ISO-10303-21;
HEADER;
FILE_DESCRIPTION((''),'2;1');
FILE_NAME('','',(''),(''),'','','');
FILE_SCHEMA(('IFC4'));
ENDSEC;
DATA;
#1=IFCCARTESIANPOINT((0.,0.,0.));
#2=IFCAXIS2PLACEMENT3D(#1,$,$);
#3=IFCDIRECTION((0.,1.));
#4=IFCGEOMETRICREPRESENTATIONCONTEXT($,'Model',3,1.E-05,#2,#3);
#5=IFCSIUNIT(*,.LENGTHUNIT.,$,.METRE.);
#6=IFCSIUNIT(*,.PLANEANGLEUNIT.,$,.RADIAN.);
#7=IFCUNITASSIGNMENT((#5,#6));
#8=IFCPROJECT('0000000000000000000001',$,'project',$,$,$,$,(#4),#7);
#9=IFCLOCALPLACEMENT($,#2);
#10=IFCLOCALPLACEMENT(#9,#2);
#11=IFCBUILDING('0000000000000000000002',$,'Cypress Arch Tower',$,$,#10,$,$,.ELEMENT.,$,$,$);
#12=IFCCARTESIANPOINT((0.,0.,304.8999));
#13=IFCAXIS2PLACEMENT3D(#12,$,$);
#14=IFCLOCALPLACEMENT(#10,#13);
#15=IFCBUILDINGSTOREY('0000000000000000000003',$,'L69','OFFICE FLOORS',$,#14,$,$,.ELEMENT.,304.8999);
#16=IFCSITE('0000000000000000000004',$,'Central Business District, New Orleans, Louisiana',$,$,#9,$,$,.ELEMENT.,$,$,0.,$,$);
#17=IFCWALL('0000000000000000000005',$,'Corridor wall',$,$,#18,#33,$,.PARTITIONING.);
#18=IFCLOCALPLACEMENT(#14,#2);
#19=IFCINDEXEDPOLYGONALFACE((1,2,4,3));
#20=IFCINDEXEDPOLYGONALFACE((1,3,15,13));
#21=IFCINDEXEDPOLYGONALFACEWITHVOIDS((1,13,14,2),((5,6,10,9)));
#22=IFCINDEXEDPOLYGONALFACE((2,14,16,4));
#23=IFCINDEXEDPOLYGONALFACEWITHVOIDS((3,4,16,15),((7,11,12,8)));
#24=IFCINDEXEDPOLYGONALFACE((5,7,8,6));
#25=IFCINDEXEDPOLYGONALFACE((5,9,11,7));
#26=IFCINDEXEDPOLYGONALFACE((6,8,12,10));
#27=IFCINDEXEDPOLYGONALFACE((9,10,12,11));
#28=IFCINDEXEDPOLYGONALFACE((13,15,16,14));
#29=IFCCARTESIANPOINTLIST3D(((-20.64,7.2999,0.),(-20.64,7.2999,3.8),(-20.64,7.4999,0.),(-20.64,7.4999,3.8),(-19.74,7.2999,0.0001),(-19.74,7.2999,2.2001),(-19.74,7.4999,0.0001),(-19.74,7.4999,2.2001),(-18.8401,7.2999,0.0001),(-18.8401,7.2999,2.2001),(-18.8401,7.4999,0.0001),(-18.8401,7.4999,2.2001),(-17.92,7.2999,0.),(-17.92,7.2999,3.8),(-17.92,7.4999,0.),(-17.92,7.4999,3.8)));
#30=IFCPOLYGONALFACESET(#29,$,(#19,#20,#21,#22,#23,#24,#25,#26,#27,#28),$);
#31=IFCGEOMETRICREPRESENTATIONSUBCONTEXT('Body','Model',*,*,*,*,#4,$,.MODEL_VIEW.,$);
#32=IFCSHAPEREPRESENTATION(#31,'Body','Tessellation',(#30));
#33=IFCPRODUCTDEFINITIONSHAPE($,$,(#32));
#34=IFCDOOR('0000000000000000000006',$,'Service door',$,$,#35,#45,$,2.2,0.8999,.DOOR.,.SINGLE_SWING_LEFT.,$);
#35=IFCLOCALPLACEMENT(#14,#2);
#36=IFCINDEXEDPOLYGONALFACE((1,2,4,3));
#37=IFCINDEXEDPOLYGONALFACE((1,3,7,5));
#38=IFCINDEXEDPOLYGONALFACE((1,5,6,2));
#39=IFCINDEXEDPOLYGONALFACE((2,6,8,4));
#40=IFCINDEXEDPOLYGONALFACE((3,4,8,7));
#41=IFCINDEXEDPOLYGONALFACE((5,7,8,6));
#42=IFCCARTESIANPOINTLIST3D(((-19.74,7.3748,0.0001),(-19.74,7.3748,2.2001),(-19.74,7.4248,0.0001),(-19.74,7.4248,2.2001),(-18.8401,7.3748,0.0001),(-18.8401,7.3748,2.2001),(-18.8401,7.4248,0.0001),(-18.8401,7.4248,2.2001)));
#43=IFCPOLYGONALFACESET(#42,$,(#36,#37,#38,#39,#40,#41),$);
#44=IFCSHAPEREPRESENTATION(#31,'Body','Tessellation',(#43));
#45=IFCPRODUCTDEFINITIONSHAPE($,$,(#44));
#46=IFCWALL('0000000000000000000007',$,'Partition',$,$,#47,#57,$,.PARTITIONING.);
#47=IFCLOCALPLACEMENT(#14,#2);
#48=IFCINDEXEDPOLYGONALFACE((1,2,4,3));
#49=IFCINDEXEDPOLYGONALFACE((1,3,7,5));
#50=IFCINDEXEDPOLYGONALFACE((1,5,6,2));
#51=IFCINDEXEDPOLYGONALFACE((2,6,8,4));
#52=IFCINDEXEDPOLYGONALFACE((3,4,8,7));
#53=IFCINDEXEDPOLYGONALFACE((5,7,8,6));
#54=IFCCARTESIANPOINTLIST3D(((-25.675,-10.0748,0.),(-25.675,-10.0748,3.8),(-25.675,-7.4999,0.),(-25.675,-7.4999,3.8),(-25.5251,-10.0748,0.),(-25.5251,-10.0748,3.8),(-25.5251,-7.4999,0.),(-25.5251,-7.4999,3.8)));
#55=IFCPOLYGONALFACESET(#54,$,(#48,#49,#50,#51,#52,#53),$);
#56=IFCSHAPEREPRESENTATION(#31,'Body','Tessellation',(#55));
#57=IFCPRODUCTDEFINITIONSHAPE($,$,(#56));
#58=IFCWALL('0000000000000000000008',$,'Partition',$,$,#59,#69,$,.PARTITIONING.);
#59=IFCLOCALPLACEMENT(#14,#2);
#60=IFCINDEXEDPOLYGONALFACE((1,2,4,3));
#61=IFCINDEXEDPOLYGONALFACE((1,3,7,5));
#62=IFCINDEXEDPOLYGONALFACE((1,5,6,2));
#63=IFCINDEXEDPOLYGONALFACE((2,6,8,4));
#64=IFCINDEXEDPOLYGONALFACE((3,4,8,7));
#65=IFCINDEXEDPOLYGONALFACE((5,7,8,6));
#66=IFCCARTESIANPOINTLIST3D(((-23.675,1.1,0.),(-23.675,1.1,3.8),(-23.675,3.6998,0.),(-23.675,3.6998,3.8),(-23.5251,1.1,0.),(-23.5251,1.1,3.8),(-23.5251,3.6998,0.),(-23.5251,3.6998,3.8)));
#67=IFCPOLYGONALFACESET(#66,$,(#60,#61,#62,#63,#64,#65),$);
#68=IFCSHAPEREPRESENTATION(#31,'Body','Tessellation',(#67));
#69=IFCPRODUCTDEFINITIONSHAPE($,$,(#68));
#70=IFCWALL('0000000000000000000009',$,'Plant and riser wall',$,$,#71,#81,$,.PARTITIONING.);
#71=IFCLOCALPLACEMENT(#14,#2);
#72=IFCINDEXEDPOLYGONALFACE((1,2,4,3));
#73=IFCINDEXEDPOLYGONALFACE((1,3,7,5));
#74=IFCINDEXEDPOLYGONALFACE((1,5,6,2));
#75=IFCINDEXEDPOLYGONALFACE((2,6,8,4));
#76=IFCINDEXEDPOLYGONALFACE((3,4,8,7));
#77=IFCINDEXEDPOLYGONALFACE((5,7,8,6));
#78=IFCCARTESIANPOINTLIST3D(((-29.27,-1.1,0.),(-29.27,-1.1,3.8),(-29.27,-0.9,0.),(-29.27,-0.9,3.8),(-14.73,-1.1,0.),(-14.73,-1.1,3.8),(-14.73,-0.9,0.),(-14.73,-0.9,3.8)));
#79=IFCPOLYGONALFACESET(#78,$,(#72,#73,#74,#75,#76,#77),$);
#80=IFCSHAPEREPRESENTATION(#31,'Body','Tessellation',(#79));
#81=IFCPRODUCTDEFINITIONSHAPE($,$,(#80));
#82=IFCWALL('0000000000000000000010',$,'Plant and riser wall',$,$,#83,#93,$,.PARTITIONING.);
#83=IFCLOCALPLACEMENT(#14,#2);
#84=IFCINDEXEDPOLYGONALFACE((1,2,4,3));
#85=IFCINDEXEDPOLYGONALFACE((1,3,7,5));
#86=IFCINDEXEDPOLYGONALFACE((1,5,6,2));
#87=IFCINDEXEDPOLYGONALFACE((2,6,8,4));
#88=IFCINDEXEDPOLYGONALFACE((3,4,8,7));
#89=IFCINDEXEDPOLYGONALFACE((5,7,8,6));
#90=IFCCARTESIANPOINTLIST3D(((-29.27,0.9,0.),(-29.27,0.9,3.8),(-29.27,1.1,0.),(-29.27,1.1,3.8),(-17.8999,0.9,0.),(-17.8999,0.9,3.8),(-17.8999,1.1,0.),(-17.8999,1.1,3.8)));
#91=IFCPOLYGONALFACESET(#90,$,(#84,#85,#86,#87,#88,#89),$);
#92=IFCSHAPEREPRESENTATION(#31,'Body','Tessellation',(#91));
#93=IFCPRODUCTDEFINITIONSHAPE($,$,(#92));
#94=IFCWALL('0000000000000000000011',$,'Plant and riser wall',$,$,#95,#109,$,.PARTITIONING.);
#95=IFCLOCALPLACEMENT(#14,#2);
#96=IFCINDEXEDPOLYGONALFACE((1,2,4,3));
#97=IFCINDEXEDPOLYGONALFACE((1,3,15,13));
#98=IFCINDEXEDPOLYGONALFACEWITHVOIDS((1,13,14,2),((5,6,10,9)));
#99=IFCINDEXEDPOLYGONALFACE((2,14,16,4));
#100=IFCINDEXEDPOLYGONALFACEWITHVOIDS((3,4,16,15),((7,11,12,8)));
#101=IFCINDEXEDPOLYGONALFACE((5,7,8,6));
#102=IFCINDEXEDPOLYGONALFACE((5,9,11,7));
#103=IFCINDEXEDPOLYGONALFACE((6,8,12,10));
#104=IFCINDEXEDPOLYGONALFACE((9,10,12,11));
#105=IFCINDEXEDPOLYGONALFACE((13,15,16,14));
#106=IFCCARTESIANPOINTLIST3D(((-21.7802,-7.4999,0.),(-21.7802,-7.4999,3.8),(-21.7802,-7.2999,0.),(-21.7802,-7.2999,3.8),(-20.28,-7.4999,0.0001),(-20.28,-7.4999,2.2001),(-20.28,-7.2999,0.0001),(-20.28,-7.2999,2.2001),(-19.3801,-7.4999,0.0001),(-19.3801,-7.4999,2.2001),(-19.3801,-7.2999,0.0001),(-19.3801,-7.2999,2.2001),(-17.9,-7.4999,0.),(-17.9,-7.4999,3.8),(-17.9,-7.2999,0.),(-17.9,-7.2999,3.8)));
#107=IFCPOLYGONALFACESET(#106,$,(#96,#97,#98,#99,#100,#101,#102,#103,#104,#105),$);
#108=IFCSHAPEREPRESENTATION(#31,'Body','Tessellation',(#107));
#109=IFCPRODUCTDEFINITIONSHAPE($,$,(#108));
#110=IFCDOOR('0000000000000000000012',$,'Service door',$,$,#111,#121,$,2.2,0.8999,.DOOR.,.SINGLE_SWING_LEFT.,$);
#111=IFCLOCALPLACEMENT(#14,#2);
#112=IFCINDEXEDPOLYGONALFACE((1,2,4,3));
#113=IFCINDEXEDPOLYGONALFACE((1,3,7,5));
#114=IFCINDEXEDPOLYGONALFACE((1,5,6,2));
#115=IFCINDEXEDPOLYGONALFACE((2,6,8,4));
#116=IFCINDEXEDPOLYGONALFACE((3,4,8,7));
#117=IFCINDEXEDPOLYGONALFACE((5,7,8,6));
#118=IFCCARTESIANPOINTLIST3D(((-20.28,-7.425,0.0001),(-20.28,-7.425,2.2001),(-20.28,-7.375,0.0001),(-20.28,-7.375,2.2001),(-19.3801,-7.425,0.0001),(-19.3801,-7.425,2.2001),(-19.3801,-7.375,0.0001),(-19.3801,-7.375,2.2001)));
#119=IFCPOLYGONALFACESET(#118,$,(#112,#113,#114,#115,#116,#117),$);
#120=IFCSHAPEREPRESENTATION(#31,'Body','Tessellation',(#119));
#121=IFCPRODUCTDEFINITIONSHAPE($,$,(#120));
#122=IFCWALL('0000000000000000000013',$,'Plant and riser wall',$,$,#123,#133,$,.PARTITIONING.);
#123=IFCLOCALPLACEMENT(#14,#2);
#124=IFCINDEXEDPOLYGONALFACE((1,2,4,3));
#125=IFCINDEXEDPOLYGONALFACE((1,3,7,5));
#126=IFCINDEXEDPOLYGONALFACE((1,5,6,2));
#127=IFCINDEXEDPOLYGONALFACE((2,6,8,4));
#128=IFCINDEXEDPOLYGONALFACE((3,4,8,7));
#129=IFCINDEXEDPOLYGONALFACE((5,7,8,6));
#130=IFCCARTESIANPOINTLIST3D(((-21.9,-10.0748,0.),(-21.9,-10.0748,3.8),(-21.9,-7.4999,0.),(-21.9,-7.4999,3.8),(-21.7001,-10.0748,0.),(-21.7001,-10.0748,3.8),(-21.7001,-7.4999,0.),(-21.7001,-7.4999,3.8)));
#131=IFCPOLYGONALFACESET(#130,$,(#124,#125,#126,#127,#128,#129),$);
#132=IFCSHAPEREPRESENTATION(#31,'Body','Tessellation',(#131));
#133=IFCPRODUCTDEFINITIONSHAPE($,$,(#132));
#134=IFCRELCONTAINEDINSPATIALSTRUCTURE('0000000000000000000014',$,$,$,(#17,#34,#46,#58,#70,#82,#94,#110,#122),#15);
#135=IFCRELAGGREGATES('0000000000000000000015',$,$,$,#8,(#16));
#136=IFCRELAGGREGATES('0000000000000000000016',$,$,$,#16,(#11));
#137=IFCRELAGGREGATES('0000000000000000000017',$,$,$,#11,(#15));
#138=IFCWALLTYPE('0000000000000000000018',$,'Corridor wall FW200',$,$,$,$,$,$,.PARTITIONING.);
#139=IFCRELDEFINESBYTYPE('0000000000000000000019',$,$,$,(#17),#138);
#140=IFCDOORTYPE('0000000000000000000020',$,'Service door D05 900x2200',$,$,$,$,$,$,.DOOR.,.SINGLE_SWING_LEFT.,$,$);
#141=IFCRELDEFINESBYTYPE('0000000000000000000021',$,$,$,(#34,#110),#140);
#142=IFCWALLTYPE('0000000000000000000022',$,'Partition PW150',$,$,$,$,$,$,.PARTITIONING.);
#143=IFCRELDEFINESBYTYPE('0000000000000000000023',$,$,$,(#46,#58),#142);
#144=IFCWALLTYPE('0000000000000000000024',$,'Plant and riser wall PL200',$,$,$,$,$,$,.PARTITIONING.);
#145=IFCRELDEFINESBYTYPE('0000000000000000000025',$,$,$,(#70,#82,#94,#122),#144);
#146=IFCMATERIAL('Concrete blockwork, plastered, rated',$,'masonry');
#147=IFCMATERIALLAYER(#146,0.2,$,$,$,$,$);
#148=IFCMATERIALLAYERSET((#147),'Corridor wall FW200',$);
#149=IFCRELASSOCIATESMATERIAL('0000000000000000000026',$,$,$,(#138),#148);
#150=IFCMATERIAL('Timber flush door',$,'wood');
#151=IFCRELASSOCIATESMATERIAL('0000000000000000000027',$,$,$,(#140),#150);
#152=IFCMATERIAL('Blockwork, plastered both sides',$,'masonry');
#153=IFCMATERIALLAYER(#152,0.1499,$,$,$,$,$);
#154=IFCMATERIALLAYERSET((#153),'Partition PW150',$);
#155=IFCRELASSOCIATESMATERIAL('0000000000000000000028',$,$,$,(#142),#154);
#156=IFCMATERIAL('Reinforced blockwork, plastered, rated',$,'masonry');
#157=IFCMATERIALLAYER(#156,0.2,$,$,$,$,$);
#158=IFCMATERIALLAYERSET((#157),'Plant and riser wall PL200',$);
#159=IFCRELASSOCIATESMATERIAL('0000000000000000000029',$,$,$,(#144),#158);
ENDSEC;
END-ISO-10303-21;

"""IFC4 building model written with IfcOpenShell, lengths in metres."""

from ifc_helpers import new_model, si_unit, direction, frame, frame_2d, origin, place, context, subcontext, project, spatial, rectangle, extrude, material, layer, layer_set, type_object, element, fill, save


model = new_model("IFC4")

# Units and contexts
model_context = context("Model", 3, precision=1e-05, world=origin(), true_north=direction((0.0, 1.0)))
body_context = subcontext(model_context, "Body", "Model", "MODEL_VIEW")
ifc_project = project(units=[si_unit("LENGTHUNIT", "METRE"), si_unit("PLANEANGLEUNIT", "RADIAN")], contexts=[model_context])

# Site, building, storey
site_placement = place(None, origin())
site = spatial("IfcSite", under=ifc_project, at=site_placement, Name="Central Business District, New Orleans, Louisiana", CompositionType="ELEMENT", RefElevation=0.0)
building_placement = place(site_placement, origin())
building = spatial("IfcBuilding", under=site, at=building_placement, Name="Cypress Arch Tower", CompositionType="ELEMENT")
storey_placement = place(building_placement, frame((0.0, 0.0, 304.8999)))
storey = spatial("IfcBuildingStorey", under=building, at=storey_placement, Name="L69", Description="OFFICE FLOORS", CompositionType="ELEMENT", Elevation=304.8999)

# Shared definitions
ifc_material_1 = material(Name="Concrete blockwork, plastered, rated", Category="masonry")
ifc_layer_1 = layer(ifc_material_1, 0.2)
ifc_layer_set_1 = layer_set([ifc_layer_1], Name="Corridor wall FW200")
wall_type_1 = type_object("IfcWallType", Name="Corridor wall FW200", PredefinedType="PARTITIONING", material=ifc_layer_set_1)
ifc_material_2 = material(Name="Timber flush door", Category="wood")
door_type_1 = type_object("IfcDoorType", Name="Service door D05 900x2200", OperationType="SINGLE_SWING_LEFT", PredefinedType="DOOR", material=ifc_material_2)

# Wall, opening, door
wall_1_placement = place(storey_placement, frame((-20.6399, 7.3999, 0.0), z_axis=(0.0, 0.0, 1.0), x_axis=(1.0, 0.0, 0.0)))
wall_1 = element("IfcWall", 1, at=wall_1_placement, inside=storey, type_object=wall_type_1, Name="Corridor wall", PredefinedType="PARTITIONING", context=body_context, shape_type="SweptSolid", body=[
    extrude(rectangle(XDim=2.72, YDim=0.2, at=frame_2d((1.3599, 0.0))), origin(), (0.0, 0.0, 1.0), 3.8),
])
opening_1_placement = place(wall_1_placement, frame((0.8999, 0.0, 0.0)))
opening_1 = element("IfcOpeningElement", 2, at=opening_1_placement, cuts=wall_1, PredefinedType="OPENING", context=body_context, shape_type="SweptSolid", body=[
    extrude(rectangle(XDim=0.8999, YDim=2.2, at=frame_2d((0.45, 1.1001))), frame((0.0, 0.1099, 0.0), z_axis=(0.0, -1.0, 0.0), x_axis=(1.0, 0.0, 0.0)), (0.0, 0.0, 1.0), 0.22),
])
door_1_placement = place(opening_1_placement, origin())
door_1 = element("IfcDoor", 3, at=door_1_placement, inside=storey, type_object=door_type_1, Name="Service door", OperationType="SINGLE_SWING_LEFT", OverallHeight=2.2, OverallWidth=0.8999, PredefinedType="DOOR", context=body_context, shape_type="SweptSolid", body=[
    extrude(rectangle(XDim=0.8999, YDim=2.2, at=frame_2d((0.45, 1.1001))), frame((0.0, 0.0249, 0.0), z_axis=(0.0, -1.0, 0.0), x_axis=(1.0, 0.0, 0.0)), (0.0, 0.0, 1.0), 0.05),
])
fill(opening_1, door_1)

# Walls
ifc_material_3 = material(Name="Blockwork, plastered both sides", Category="masonry")
ifc_layer_2 = layer(ifc_material_3, 0.1499)
ifc_layer_set_2 = layer_set([ifc_layer_2], Name="Partition PW150")
wall_type_2 = type_object("IfcWallType", Name="Partition PW150", PredefinedType="PARTITIONING", material=ifc_layer_set_2)
wall_2_placement = place(storey_placement, frame((-25.6001, -10.075, 0.0), z_axis=(0.0, 0.0, 1.0), x_axis=(0.0, 1.0, 0.0)))
element("IfcWall", 4, at=wall_2_placement, inside=storey, type_object=wall_type_2, Name="Partition", PredefinedType="PARTITIONING", context=body_context, shape_type="SweptSolid", body=[
    extrude(rectangle(XDim=2.575, YDim=0.1499, at=frame_2d((1.2876, 0.0))), origin(), (0.0, 0.0, 1.0), 3.8),
])
wall_3_placement = place(storey_placement, frame((-23.6001, 1.1001, 0.0), z_axis=(0.0, 0.0, 1.0), x_axis=(0.0, 1.0, 0.0)))
element("IfcWall", 5, at=wall_3_placement, inside=storey, type_object=wall_type_2, Name="Partition", PredefinedType="PARTITIONING", context=body_context, shape_type="SweptSolid", body=[
    extrude(rectangle(XDim=2.5999, YDim=0.1499, at=frame_2d((1.2998, 0.0))), origin(), (0.0, 0.0, 1.0), 3.8),
])
ifc_material_4 = material(Name="Reinforced blockwork, plastered, rated", Category="masonry")
ifc_layer_3 = layer(ifc_material_4, 0.2)
ifc_layer_set_3 = layer_set([ifc_layer_3], Name="Plant and riser wall PL200")
wall_type_3 = type_object("IfcWallType", Name="Plant and riser wall PL200", PredefinedType="PARTITIONING", material=ifc_layer_set_3)
wall_4_placement = place(storey_placement, frame((-29.27, -1.0, 0.0), z_axis=(0.0, 0.0, 1.0), x_axis=(1.0, 0.0, 0.0)))
element("IfcWall", 6, at=wall_4_placement, inside=storey, type_object=wall_type_3, Name="Plant and riser wall", PredefinedType="PARTITIONING", context=body_context, shape_type="SweptSolid", body=[
    extrude(rectangle(XDim=14.54, YDim=0.2, at=frame_2d((7.27, 0.0))), origin(), (0.0, 0.0, 1.0), 3.8),
])
wall_5_placement = place(storey_placement, frame((-29.27, 1.0, 0.0), z_axis=(0.0, 0.0, 1.0), x_axis=(1.0, 0.0, 0.0)))
element("IfcWall", 7, at=wall_5_placement, inside=storey, type_object=wall_type_3, Name="Plant and riser wall", PredefinedType="PARTITIONING", context=body_context, shape_type="SweptSolid", body=[
    extrude(rectangle(XDim=11.3701, YDim=0.2, at=frame_2d((5.6851, 0.0))), origin(), (0.0, 0.0, 1.0), 3.8),
])

# Wall, opening, door
wall_6_placement = place(storey_placement, frame((-21.78, -7.3999, 0.0), z_axis=(0.0, 0.0, 1.0), x_axis=(1.0, 0.0, 0.0)))
wall_6 = element("IfcWall", 8, at=wall_6_placement, inside=storey, type_object=wall_type_3, Name="Plant and riser wall", PredefinedType="PARTITIONING", context=body_context, shape_type="SweptSolid", body=[
    extrude(rectangle(XDim=3.8801, YDim=0.2, at=frame_2d((1.9399, 0.0))), origin(), (0.0, 0.0, 1.0), 3.8),
])
opening_2_placement = place(wall_6_placement, frame((1.5, 0.0, 0.0)))
opening_2 = element("IfcOpeningElement", 9, at=opening_2_placement, cuts=wall_6, PredefinedType="OPENING", context=body_context, shape_type="SweptSolid", body=[
    extrude(rectangle(XDim=0.8999, YDim=2.2, at=frame_2d((0.45, 1.1001))), frame((0.0, 0.1099, 0.0), z_axis=(0.0, -1.0, 0.0), x_axis=(1.0, 0.0, 0.0)), (0.0, 0.0, 1.0), 0.22),
])
door_2_placement = place(opening_2_placement, origin())
door_2 = element("IfcDoor", 10, at=door_2_placement, inside=storey, type_object=door_type_1, Name="Service door", OperationType="SINGLE_SWING_LEFT", OverallHeight=2.2, OverallWidth=0.8999, PredefinedType="DOOR", context=body_context, shape_type="SweptSolid", body=[
    extrude(rectangle(XDim=0.8999, YDim=2.2, at=frame_2d((0.45, 1.1001))), frame((0.0, 0.0249, 0.0), z_axis=(0.0, -1.0, 0.0), x_axis=(1.0, 0.0, 0.0)), (0.0, 0.0, 1.0), 0.05),
])
fill(opening_2, door_2)

# Wall
wall_7_placement = place(storey_placement, frame((-21.8, -10.075, 0.0), z_axis=(0.0, 0.0, 1.0), x_axis=(0.0, 1.0, 0.0)))
element("IfcWall", 11, at=wall_7_placement, inside=storey, type_object=wall_type_3, Name="Plant and riser wall", PredefinedType="PARTITIONING", context=body_context, shape_type="SweptSolid", body=[
    extrude(rectangle(XDim=2.575, YDim=0.2, at=frame_2d((1.2876, 0.0))), origin(), (0.0, 0.0, 1.0), 3.8),
])

save(model, "model.ifc")
